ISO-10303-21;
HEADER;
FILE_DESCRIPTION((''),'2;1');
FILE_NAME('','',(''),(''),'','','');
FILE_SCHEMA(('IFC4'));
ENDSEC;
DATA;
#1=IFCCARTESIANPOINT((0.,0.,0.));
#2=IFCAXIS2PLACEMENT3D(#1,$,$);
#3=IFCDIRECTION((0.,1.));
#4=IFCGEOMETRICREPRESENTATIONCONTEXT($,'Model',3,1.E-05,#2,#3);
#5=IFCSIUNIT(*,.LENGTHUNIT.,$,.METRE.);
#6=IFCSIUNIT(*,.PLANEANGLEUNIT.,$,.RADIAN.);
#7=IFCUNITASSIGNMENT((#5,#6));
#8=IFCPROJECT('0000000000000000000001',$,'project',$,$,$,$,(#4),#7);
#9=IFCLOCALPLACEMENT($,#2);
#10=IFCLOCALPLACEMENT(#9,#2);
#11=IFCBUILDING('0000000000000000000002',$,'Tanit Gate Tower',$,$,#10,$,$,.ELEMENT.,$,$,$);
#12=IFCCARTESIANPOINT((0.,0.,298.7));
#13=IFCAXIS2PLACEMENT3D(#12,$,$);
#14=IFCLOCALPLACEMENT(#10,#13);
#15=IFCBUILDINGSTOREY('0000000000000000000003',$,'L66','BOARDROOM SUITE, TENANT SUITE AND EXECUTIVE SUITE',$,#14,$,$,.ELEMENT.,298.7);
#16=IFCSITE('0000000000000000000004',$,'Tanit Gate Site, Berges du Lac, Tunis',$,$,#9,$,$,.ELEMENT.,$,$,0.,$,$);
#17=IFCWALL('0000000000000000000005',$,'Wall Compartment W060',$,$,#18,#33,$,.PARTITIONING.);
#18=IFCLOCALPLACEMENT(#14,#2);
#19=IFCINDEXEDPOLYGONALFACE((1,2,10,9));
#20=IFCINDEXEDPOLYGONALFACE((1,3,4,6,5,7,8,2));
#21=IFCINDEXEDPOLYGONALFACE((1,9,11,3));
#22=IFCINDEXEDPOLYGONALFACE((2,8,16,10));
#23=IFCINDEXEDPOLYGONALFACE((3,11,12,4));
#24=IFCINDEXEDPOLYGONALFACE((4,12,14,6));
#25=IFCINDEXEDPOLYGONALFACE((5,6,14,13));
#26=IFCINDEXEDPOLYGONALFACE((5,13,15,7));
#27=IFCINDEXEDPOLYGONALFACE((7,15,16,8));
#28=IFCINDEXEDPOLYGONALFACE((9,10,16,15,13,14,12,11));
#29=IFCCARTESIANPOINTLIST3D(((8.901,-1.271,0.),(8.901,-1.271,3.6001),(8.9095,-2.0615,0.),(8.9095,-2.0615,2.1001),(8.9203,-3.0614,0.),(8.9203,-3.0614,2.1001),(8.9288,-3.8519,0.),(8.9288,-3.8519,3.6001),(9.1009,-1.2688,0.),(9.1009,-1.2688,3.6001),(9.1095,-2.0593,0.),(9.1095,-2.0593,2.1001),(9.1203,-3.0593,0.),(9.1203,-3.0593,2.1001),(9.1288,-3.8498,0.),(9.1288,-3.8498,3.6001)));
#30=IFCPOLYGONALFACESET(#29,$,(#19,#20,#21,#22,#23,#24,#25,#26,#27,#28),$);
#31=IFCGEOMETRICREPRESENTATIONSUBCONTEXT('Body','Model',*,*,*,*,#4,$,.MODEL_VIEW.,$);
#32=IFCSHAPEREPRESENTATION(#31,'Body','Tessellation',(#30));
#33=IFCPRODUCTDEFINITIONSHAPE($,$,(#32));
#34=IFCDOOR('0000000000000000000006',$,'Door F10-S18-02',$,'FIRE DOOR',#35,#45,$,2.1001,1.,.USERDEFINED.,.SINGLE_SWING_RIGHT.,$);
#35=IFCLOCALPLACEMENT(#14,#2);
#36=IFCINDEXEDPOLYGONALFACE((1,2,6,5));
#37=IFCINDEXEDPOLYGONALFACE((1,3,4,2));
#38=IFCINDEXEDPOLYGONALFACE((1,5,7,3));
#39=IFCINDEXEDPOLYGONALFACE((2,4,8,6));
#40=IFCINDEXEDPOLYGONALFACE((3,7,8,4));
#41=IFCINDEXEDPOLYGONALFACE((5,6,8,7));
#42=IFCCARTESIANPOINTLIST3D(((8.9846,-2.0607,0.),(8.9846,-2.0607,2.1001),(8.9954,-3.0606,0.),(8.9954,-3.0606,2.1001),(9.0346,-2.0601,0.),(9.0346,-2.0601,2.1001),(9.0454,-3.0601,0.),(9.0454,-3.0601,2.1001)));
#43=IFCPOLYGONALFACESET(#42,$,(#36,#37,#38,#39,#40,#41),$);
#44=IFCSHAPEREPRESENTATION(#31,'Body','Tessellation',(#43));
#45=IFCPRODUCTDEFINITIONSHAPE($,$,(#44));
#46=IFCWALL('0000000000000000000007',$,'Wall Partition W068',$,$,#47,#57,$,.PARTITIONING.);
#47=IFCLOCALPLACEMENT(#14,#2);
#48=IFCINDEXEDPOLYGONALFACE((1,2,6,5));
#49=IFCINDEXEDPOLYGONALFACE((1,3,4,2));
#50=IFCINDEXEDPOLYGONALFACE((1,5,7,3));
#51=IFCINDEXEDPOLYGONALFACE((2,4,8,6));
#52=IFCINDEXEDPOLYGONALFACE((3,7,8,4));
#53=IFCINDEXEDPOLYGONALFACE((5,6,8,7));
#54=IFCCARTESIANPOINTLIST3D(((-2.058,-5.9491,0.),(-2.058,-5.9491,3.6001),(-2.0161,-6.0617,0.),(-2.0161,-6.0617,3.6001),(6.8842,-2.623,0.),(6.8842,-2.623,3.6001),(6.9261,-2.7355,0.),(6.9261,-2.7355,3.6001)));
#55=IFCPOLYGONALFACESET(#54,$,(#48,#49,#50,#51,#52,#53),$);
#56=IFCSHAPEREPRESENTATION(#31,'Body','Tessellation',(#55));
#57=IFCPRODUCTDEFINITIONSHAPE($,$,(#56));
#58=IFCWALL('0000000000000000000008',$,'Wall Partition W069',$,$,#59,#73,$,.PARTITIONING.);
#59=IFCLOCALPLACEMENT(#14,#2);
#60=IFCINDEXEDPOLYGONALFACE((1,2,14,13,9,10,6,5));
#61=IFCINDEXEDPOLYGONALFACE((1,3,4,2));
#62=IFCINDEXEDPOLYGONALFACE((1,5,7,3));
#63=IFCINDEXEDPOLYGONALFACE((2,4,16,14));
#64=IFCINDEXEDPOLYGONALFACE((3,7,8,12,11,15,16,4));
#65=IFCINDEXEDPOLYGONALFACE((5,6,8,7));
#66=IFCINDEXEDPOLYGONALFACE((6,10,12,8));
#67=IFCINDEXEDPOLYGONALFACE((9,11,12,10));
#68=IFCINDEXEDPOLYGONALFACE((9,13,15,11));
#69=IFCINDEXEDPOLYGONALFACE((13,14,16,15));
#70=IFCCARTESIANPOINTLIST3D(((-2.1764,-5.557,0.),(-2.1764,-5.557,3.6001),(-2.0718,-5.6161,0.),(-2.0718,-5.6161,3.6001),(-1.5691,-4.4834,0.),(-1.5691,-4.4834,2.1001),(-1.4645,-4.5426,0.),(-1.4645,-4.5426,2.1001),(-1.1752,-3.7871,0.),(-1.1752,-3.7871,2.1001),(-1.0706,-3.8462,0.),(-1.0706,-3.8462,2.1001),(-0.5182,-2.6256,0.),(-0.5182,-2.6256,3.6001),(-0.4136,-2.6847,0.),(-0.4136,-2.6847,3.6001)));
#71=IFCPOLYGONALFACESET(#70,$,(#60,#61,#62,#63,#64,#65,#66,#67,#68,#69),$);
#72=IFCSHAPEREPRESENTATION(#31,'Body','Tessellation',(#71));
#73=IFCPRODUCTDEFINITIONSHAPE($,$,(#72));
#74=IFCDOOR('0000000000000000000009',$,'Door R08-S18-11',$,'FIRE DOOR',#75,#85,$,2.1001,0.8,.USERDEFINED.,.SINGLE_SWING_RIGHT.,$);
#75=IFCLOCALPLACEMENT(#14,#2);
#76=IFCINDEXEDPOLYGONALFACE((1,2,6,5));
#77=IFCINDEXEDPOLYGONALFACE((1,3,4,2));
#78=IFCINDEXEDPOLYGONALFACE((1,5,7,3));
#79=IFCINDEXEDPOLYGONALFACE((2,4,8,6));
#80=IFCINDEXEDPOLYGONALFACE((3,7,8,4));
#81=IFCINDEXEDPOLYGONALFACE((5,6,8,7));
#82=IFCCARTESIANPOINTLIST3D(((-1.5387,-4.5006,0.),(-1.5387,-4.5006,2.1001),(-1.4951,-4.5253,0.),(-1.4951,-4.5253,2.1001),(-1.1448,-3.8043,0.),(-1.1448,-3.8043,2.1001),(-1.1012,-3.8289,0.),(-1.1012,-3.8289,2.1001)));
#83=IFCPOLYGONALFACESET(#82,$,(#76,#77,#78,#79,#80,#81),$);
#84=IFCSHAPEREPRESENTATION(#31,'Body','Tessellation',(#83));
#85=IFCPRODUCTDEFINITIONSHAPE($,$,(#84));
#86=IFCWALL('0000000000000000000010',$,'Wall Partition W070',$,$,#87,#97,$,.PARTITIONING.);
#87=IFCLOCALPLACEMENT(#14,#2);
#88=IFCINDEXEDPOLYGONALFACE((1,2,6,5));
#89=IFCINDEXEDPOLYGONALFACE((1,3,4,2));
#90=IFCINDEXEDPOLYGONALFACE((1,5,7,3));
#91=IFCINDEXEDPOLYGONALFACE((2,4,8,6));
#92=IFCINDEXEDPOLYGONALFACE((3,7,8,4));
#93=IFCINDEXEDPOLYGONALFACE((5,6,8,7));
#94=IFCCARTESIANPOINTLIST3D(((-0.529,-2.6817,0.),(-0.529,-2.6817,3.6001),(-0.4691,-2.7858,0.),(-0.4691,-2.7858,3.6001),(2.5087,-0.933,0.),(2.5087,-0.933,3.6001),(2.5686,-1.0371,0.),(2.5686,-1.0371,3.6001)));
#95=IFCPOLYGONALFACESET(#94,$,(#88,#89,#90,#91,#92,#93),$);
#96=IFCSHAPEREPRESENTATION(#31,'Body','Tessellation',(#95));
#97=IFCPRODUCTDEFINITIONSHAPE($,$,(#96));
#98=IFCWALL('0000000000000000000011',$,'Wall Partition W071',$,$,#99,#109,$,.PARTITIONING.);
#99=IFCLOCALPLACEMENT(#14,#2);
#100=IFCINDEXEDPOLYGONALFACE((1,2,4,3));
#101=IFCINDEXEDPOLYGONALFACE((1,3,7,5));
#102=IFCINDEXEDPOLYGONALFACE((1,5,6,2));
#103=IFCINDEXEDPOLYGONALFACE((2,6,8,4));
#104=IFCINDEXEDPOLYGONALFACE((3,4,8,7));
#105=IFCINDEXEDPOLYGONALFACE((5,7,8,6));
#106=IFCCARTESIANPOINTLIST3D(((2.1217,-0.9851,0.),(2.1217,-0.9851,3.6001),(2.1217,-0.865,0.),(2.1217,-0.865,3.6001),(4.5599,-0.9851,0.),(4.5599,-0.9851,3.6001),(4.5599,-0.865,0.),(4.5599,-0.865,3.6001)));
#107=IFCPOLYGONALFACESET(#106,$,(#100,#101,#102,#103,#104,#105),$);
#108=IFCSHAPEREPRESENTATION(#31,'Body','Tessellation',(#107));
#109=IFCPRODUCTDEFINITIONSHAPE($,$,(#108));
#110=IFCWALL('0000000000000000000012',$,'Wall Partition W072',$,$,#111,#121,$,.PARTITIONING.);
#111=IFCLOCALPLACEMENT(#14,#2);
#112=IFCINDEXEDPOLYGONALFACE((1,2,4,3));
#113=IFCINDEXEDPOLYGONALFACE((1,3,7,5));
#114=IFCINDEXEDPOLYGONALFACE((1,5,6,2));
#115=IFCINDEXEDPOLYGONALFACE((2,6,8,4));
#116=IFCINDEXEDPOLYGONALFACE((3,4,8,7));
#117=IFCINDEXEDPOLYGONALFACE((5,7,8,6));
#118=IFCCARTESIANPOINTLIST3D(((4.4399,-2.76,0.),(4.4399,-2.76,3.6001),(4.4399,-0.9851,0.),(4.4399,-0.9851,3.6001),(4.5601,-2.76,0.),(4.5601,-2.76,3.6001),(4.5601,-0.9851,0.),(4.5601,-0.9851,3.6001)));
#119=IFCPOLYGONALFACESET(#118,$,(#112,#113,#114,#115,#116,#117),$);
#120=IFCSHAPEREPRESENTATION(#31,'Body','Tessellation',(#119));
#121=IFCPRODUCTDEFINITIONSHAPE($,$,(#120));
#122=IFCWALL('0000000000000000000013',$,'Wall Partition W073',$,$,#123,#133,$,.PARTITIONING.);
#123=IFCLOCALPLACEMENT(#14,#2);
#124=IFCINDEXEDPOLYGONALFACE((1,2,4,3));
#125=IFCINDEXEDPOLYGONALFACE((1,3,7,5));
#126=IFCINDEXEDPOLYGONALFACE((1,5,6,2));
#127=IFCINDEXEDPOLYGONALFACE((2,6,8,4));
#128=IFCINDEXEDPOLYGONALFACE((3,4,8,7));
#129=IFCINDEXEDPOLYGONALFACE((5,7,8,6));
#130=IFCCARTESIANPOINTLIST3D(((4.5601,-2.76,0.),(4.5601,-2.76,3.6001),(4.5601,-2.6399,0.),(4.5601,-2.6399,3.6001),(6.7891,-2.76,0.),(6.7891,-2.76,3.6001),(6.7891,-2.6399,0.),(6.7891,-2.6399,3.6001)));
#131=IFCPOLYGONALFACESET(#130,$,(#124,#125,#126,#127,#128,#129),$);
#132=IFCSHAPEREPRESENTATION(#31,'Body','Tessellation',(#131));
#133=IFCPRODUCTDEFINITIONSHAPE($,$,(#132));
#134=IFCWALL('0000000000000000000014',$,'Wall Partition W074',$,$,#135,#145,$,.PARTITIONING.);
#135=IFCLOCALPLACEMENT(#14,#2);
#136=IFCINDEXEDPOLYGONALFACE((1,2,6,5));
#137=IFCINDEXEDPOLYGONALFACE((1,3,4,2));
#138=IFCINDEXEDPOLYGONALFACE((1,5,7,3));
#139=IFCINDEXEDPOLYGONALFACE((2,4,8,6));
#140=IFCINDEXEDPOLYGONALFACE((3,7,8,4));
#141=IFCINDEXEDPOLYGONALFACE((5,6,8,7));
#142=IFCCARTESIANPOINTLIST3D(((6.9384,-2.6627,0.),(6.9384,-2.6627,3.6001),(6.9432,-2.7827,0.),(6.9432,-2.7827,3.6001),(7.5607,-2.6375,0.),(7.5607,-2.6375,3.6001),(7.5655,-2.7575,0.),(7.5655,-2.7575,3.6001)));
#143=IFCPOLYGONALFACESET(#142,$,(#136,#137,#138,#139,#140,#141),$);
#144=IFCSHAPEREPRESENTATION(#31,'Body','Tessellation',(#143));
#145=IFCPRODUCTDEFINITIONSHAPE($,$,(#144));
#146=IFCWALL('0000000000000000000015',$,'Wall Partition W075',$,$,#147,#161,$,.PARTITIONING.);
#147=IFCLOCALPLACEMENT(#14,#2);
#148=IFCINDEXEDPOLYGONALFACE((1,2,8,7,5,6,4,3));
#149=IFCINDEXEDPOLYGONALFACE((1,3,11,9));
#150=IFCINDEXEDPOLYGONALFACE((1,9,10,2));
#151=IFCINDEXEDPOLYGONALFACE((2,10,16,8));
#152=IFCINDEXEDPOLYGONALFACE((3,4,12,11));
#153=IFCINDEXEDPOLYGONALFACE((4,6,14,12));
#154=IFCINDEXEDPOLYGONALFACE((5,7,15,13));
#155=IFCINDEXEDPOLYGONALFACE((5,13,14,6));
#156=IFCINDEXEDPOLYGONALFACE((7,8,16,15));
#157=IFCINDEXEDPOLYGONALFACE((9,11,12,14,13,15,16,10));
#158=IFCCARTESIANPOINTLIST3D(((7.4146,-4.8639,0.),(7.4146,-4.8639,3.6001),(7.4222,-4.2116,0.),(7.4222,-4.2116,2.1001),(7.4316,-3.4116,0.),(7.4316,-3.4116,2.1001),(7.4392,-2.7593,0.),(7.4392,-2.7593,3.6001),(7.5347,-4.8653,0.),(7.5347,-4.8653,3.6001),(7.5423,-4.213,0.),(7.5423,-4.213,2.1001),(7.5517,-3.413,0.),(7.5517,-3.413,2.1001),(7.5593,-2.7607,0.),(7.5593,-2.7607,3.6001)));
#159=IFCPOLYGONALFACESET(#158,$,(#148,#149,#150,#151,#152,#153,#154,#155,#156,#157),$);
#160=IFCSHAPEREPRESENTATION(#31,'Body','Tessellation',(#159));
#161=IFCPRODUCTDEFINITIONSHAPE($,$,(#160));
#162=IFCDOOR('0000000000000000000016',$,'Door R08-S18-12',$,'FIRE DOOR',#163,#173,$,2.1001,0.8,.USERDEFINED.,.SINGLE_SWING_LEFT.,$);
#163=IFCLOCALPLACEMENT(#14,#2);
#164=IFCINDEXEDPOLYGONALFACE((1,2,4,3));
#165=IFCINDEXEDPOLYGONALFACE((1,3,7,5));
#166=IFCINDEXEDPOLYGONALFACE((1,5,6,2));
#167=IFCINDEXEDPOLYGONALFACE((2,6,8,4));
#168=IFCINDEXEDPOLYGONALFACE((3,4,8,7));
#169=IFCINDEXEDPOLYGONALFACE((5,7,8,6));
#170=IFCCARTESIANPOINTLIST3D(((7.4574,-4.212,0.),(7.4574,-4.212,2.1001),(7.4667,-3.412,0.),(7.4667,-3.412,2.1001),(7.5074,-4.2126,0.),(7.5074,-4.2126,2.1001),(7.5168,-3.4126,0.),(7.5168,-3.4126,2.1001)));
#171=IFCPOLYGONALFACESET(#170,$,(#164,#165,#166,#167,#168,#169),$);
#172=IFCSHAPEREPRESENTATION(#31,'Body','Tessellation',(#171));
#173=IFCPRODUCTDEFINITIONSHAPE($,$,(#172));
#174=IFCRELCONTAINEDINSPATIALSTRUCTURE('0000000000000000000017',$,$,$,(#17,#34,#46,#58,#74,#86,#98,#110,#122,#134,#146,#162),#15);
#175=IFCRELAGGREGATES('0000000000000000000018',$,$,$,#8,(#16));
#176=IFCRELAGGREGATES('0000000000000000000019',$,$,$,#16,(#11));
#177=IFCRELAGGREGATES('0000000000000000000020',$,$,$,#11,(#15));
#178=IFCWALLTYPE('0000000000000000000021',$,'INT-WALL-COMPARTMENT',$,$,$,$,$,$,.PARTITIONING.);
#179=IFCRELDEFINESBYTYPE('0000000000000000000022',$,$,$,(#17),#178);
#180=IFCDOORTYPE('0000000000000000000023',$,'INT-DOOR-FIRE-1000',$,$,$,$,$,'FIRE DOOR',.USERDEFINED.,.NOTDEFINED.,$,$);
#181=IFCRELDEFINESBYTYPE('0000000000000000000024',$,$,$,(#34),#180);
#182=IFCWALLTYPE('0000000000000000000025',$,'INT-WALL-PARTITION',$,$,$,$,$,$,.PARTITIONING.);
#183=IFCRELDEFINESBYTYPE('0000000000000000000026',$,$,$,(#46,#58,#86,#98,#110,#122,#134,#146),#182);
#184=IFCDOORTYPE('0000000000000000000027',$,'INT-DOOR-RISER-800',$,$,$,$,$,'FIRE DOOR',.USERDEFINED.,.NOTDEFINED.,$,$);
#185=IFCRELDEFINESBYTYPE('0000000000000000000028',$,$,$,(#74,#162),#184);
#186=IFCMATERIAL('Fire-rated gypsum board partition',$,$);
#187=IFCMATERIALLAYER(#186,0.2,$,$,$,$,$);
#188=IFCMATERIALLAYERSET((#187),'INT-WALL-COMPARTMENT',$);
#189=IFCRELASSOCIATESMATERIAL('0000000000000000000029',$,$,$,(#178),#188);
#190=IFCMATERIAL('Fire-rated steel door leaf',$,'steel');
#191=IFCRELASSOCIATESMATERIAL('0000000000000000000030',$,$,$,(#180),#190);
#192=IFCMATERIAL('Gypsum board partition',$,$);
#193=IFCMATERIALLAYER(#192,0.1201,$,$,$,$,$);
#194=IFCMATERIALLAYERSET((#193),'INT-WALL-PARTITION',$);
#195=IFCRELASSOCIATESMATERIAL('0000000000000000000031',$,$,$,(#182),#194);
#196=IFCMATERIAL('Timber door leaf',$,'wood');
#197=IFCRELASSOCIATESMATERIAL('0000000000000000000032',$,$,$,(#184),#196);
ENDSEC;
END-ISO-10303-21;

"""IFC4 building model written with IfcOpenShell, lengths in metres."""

from ifc_helpers import new_model, si_unit, direction, frame, frame_2d, origin, place, context, subcontext, project, spatial, rectangle, extrude, material, layer, layer_set, type_object, element, fill, save


model = new_model("IFC4")

# Units and contexts
model_context = context("Model", 3, precision=1e-05, world=origin(), true_north=direction((0.0, 1.0)))
body_context = subcontext(model_context, "Body", "Model", "MODEL_VIEW")
ifc_project = project(units=[si_unit("LENGTHUNIT", "METRE"), si_unit("PLANEANGLEUNIT", "RADIAN")], contexts=[model_context])

# Site, building, storey
site_placement = place(None, origin())
site = spatial("IfcSite", under=ifc_project, at=site_placement, Name="Tanit Gate Site, Berges du Lac, Tunis", CompositionType="ELEMENT", RefElevation=0.0)
building_placement = place(site_placement, origin())
building = spatial("IfcBuilding", under=site, at=building_placement, Name="Tanit Gate Tower", CompositionType="ELEMENT")
storey_placement = place(building_placement, frame((0.0, 0.0, 298.7)))
storey = spatial("IfcBuildingStorey", under=building, at=storey_placement, Name="L66", Description="BOARDROOM SUITE, TENANT SUITE AND EXECUTIVE SUITE", CompositionType="ELEMENT", Elevation=298.7)

# Wall, opening, door
ifc_material_1 = material(Name="Fire-rated gypsum board partition")
ifc_layer_1 = layer(ifc_material_1, 0.2)
ifc_layer_set_1 = layer_set([ifc_layer_1], Name="INT-WALL-COMPARTMENT")
wall_type_1 = type_object("IfcWallType", Name="INT-WALL-COMPARTMENT", PredefinedType="PARTITIONING", material=ifc_layer_set_1)
wall_1_placement = place(storey_placement, frame((9.0288, -3.8508, 0.0), z_axis=(0.0, 0.0, 1.0), x_axis=(-0.010784, 0.999942, 0.0)))
wall_1 = element("IfcWall", 1, at=wall_1_placement, inside=storey, type_object=wall_type_1, Name="Wall Compartment W060", PredefinedType="PARTITIONING", context=body_context, shape_type="SweptSolid", body=[
    extrude(rectangle(XDim=2.5811, YDim=0.2, at=frame_2d((1.2905, 0.0))), origin(), (0.0, 0.0, 1.0), 3.6001),
])
opening_1_placement = place(wall_1_placement, frame((0.7905, 0.0, 0.0)))
opening_1 = element("IfcOpeningElement", 2, at=opening_1_placement, cuts=wall_1, PredefinedType="OPENING", context=body_context, shape_type="SweptSolid", body=[
    extrude(rectangle(XDim=1.0, YDim=2.1001, at=frame_2d((0.5, 1.05))), frame((0.0, 0.1099, 0.0), z_axis=(0.0, -1.0, 0.0), x_axis=(1.0, 0.0, 0.0)), (0.0, 0.0, 1.0), 0.22),
])
ifc_material_2 = material(Name="Fire-rated steel door leaf", Category="steel")
door_type_1 = type_object("IfcDoorType", Name="INT-DOOR-FIRE-1000", ElementType="FIRE DOOR", OperationType="NOTDEFINED", PredefinedType="USERDEFINED", material=ifc_material_2)
door_1_placement = place(opening_1_placement, origin())
door_1 = element("IfcDoor", 3, at=door_1_placement, inside=storey, type_object=door_type_1, Name="Door F10-S18-02", ObjectType="FIRE DOOR", OperationType="SINGLE_SWING_RIGHT", OverallHeight=2.1001, OverallWidth=1.0, PredefinedType="USERDEFINED", context=body_context, shape_type="SweptSolid", body=[
    extrude(rectangle(XDim=1.0, YDim=2.1001, at=frame_2d((0.5, 1.05))), frame((0.0, 0.0249, 0.0), z_axis=(0.0, -1.0, 0.0), x_axis=(1.0, 0.0, 0.0)), (0.0, 0.0, 1.0), 0.05),
])
fill(opening_1, door_1)

# Wall
ifc_material_3 = material(Name="Gypsum board partition")
ifc_layer_2 = layer(ifc_material_3, 0.1201)
ifc_layer_set_2 = layer_set([ifc_layer_2], Name="INT-WALL-PARTITION")
wall_type_2 = type_object("IfcWallType", Name="INT-WALL-PARTITION", PredefinedType="PARTITIONING", material=ifc_layer_set_2)
wall_2_placement = place(storey_placement, frame((6.9053, -2.6792, 0.0), z_axis=(0.0, 0.0, 1.0), x_axis=(-0.937261, -0.348629, 0.0)))
element("IfcWall", 4, at=wall_2_placement, inside=storey, type_object=wall_type_2, Name="Wall Partition W068", PredefinedType="PARTITIONING", context=body_context, shape_type="SweptSolid", body=[
    extrude(rectangle(XDim=9.5408, YDim=0.1201, at=frame_2d((4.7705, 0.0))), origin(), (0.0, 0.0, 1.0), 3.6001),
])

# Wall, opening, door
wall_3_placement = place(storey_placement, frame((-0.4658, -2.655, 0.0), z_axis=(0.0, 0.0, 1.0), x_axis=(-0.492356, -0.870394, 0.0)))
wall_3 = element("IfcWall", 5, at=wall_3_placement, inside=storey, type_object=wall_type_2, Name="Wall Partition W069", PredefinedType="PARTITIONING", context=body_context, shape_type="SweptSolid", body=[
    extrude(rectangle(XDim=3.3679, YDim=0.1201, at=frame_2d((1.6841, 0.0))), origin(), (0.0, 0.0, 1.0), 3.6001),
])
opening_2_placement = place(wall_3_placement, frame((1.3347, 0.0, 0.0)))
opening_2 = element("IfcOpeningElement", 6, at=opening_2_placement, cuts=wall_3, PredefinedType="OPENING", context=body_context, shape_type="SweptSolid", body=[
    extrude(rectangle(XDim=0.8, YDim=2.1001, at=frame_2d((0.3999, 1.05))), frame((0.0, 0.0701, 0.0), z_axis=(0.0, -1.0, 0.0), x_axis=(1.0, 0.0, 0.0)), (0.0, 0.0, 1.0), 0.1401),
])
ifc_material_4 = material(Name="Timber door leaf", Category="wood")
door_type_2 = type_object("IfcDoorType", Name="INT-DOOR-RISER-800", ElementType="FIRE DOOR", OperationType="NOTDEFINED", PredefinedType="USERDEFINED", material=ifc_material_4)
door_2_placement = place(opening_2_placement, origin())
door_2 = element("IfcDoor", 7, at=door_2_placement, inside=storey, type_object=door_type_2, Name="Door R08-S18-11", ObjectType="FIRE DOOR", OperationType="SINGLE_SWING_RIGHT", OverallHeight=2.1001, OverallWidth=0.8, PredefinedType="USERDEFINED", context=body_context, shape_type="SweptSolid", body=[
    extrude(rectangle(XDim=0.8, YDim=2.1001, at=frame_2d((0.3999, 1.05))), frame((0.0, 0.0249, 0.0), z_axis=(0.0, -1.0, 0.0), x_axis=(1.0, 0.0, 0.0)), (0.0, 0.0, 1.0), 0.05),
])
fill(opening_2, door_2)

# Walls
wall_4_placement = place(storey_placement, frame((2.5386, -0.9851, 0.0), z_axis=(0.0, 0.0, 1.0), x_axis=(-0.866657, -0.498904, 0.0)))
element("IfcWall", 8, at=wall_4_placement, inside=storey, type_object=wall_type_2, Name="Wall Partition W070", PredefinedType="PARTITIONING", context=body_context, shape_type="SweptSolid", body=[
    extrude(rectangle(XDim=3.5051, YDim=0.1201, at=frame_2d((1.7524, 0.0))), origin(), (0.0, 0.0, 1.0), 3.6001),
])
wall_5_placement = place(storey_placement, frame((4.5601, -0.925, 0.0), z_axis=(0.0, 0.0, 1.0), x_axis=(-1.0, 0.0, 0.0)))
element("IfcWall", 9, at=wall_5_placement, inside=storey, type_object=wall_type_2, Name="Wall Partition W071", PredefinedType="PARTITIONING", context=body_context, shape_type="SweptSolid", body=[
    extrude(rectangle(XDim=2.4382, YDim=0.1201, at=frame_2d((1.2192, 0.0))), origin(), (0.0, 0.0, 1.0), 3.6001),
])
wall_6_placement = place(storey_placement, frame((4.5, -2.76, 0.0), z_axis=(0.0, 0.0, 1.0), x_axis=(0.0, 1.0, 0.0)))
element("IfcWall", 10, at=wall_6_placement, inside=storey, type_object=wall_type_2, Name="Wall Partition W072", PredefinedType="PARTITIONING", context=body_context, shape_type="SweptSolid", body=[
    extrude(rectangle(XDim=1.7749, YDim=0.1201, at=frame_2d((0.8875, 0.0))), origin(), (0.0, 0.0, 1.0), 3.6001),
])
wall_7_placement = place(storey_placement, frame((6.7891, -2.7, 0.0), z_axis=(0.0, 0.0, 1.0), x_axis=(-1.0, 0.0, 0.0)))
element("IfcWall", 11, at=wall_7_placement, inside=storey, type_object=wall_type_2, Name="Wall Partition W073", PredefinedType="PARTITIONING", context=body_context, shape_type="SweptSolid", body=[
    extrude(rectangle(XDim=2.229, YDim=0.1201, at=frame_2d((1.1145, 0.0))), origin(), (0.0, 0.0, 1.0), 3.6001),
])
wall_8_placement = place(storey_placement, frame((7.5632, -2.6975, 0.0), z_axis=(0.0, 0.0, 1.0), x_axis=(-0.999185, -0.040375, 0.0)))
element("IfcWall", 12, at=wall_8_placement, inside=storey, type_object=wall_type_2, Name="Wall Partition W074", PredefinedType="PARTITIONING", context=body_context, shape_type="SweptSolid", body=[
    extrude(rectangle(XDim=0.6228, YDim=0.1201, at=frame_2d((0.3115, 0.0))), origin(), (0.0, 0.0, 1.0), 3.6001),
])

# Wall, opening, door
wall_9_placement = place(storey_placement, frame((7.4746, -4.8645, 0.0), z_axis=(0.0, 0.0, 1.0), x_axis=(0.011716, 0.999931, 0.0)))
wall_9 = element("IfcWall", 13, at=wall_9_placement, inside=storey, type_object=wall_type_2, Name="Wall Partition W075", PredefinedType="PARTITIONING", context=body_context, shape_type="SweptSolid", body=[
    extrude(rectangle(XDim=2.1047, YDim=0.1201, at=frame_2d((1.0522, 0.0))), origin(), (0.0, 0.0, 1.0), 3.6001),
])
opening_3_placement = place(wall_9_placement, frame((0.6523, 0.0, 0.0)))
opening_3 = element("IfcOpeningElement", 14, at=opening_3_placement, cuts=wall_9, PredefinedType="OPENING", context=body_context, shape_type="SweptSolid", body=[
    extrude(rectangle(XDim=0.8, YDim=2.1001, at=frame_2d((0.3999, 1.05))), frame((0.0, 0.0701, 0.0), z_axis=(0.0, -1.0, 0.0), x_axis=(1.0, 0.0, 0.0)), (0.0, 0.0, 1.0), 0.1401),
])
door_3_placement = place(opening_3_placement, origin())
door_3 = element("IfcDoor", 15, at=door_3_placement, inside=storey, type_object=door_type_2, Name="Door R08-S18-12", ObjectType="FIRE DOOR", OperationType="SINGLE_SWING_LEFT", OverallHeight=2.1001, OverallWidth=0.8, PredefinedType="USERDEFINED", context=body_context, shape_type="SweptSolid", body=[
    extrude(rectangle(XDim=0.8, YDim=2.1001, at=frame_2d((0.3999, 1.05))), frame((0.0, 0.0249, 0.0), z_axis=(0.0, -1.0, 0.0), x_axis=(1.0, 0.0, 0.0)), (0.0, 0.0, 1.0), 0.05),
])
fill(opening_3, door_3)

save(model, "model.ifc")
